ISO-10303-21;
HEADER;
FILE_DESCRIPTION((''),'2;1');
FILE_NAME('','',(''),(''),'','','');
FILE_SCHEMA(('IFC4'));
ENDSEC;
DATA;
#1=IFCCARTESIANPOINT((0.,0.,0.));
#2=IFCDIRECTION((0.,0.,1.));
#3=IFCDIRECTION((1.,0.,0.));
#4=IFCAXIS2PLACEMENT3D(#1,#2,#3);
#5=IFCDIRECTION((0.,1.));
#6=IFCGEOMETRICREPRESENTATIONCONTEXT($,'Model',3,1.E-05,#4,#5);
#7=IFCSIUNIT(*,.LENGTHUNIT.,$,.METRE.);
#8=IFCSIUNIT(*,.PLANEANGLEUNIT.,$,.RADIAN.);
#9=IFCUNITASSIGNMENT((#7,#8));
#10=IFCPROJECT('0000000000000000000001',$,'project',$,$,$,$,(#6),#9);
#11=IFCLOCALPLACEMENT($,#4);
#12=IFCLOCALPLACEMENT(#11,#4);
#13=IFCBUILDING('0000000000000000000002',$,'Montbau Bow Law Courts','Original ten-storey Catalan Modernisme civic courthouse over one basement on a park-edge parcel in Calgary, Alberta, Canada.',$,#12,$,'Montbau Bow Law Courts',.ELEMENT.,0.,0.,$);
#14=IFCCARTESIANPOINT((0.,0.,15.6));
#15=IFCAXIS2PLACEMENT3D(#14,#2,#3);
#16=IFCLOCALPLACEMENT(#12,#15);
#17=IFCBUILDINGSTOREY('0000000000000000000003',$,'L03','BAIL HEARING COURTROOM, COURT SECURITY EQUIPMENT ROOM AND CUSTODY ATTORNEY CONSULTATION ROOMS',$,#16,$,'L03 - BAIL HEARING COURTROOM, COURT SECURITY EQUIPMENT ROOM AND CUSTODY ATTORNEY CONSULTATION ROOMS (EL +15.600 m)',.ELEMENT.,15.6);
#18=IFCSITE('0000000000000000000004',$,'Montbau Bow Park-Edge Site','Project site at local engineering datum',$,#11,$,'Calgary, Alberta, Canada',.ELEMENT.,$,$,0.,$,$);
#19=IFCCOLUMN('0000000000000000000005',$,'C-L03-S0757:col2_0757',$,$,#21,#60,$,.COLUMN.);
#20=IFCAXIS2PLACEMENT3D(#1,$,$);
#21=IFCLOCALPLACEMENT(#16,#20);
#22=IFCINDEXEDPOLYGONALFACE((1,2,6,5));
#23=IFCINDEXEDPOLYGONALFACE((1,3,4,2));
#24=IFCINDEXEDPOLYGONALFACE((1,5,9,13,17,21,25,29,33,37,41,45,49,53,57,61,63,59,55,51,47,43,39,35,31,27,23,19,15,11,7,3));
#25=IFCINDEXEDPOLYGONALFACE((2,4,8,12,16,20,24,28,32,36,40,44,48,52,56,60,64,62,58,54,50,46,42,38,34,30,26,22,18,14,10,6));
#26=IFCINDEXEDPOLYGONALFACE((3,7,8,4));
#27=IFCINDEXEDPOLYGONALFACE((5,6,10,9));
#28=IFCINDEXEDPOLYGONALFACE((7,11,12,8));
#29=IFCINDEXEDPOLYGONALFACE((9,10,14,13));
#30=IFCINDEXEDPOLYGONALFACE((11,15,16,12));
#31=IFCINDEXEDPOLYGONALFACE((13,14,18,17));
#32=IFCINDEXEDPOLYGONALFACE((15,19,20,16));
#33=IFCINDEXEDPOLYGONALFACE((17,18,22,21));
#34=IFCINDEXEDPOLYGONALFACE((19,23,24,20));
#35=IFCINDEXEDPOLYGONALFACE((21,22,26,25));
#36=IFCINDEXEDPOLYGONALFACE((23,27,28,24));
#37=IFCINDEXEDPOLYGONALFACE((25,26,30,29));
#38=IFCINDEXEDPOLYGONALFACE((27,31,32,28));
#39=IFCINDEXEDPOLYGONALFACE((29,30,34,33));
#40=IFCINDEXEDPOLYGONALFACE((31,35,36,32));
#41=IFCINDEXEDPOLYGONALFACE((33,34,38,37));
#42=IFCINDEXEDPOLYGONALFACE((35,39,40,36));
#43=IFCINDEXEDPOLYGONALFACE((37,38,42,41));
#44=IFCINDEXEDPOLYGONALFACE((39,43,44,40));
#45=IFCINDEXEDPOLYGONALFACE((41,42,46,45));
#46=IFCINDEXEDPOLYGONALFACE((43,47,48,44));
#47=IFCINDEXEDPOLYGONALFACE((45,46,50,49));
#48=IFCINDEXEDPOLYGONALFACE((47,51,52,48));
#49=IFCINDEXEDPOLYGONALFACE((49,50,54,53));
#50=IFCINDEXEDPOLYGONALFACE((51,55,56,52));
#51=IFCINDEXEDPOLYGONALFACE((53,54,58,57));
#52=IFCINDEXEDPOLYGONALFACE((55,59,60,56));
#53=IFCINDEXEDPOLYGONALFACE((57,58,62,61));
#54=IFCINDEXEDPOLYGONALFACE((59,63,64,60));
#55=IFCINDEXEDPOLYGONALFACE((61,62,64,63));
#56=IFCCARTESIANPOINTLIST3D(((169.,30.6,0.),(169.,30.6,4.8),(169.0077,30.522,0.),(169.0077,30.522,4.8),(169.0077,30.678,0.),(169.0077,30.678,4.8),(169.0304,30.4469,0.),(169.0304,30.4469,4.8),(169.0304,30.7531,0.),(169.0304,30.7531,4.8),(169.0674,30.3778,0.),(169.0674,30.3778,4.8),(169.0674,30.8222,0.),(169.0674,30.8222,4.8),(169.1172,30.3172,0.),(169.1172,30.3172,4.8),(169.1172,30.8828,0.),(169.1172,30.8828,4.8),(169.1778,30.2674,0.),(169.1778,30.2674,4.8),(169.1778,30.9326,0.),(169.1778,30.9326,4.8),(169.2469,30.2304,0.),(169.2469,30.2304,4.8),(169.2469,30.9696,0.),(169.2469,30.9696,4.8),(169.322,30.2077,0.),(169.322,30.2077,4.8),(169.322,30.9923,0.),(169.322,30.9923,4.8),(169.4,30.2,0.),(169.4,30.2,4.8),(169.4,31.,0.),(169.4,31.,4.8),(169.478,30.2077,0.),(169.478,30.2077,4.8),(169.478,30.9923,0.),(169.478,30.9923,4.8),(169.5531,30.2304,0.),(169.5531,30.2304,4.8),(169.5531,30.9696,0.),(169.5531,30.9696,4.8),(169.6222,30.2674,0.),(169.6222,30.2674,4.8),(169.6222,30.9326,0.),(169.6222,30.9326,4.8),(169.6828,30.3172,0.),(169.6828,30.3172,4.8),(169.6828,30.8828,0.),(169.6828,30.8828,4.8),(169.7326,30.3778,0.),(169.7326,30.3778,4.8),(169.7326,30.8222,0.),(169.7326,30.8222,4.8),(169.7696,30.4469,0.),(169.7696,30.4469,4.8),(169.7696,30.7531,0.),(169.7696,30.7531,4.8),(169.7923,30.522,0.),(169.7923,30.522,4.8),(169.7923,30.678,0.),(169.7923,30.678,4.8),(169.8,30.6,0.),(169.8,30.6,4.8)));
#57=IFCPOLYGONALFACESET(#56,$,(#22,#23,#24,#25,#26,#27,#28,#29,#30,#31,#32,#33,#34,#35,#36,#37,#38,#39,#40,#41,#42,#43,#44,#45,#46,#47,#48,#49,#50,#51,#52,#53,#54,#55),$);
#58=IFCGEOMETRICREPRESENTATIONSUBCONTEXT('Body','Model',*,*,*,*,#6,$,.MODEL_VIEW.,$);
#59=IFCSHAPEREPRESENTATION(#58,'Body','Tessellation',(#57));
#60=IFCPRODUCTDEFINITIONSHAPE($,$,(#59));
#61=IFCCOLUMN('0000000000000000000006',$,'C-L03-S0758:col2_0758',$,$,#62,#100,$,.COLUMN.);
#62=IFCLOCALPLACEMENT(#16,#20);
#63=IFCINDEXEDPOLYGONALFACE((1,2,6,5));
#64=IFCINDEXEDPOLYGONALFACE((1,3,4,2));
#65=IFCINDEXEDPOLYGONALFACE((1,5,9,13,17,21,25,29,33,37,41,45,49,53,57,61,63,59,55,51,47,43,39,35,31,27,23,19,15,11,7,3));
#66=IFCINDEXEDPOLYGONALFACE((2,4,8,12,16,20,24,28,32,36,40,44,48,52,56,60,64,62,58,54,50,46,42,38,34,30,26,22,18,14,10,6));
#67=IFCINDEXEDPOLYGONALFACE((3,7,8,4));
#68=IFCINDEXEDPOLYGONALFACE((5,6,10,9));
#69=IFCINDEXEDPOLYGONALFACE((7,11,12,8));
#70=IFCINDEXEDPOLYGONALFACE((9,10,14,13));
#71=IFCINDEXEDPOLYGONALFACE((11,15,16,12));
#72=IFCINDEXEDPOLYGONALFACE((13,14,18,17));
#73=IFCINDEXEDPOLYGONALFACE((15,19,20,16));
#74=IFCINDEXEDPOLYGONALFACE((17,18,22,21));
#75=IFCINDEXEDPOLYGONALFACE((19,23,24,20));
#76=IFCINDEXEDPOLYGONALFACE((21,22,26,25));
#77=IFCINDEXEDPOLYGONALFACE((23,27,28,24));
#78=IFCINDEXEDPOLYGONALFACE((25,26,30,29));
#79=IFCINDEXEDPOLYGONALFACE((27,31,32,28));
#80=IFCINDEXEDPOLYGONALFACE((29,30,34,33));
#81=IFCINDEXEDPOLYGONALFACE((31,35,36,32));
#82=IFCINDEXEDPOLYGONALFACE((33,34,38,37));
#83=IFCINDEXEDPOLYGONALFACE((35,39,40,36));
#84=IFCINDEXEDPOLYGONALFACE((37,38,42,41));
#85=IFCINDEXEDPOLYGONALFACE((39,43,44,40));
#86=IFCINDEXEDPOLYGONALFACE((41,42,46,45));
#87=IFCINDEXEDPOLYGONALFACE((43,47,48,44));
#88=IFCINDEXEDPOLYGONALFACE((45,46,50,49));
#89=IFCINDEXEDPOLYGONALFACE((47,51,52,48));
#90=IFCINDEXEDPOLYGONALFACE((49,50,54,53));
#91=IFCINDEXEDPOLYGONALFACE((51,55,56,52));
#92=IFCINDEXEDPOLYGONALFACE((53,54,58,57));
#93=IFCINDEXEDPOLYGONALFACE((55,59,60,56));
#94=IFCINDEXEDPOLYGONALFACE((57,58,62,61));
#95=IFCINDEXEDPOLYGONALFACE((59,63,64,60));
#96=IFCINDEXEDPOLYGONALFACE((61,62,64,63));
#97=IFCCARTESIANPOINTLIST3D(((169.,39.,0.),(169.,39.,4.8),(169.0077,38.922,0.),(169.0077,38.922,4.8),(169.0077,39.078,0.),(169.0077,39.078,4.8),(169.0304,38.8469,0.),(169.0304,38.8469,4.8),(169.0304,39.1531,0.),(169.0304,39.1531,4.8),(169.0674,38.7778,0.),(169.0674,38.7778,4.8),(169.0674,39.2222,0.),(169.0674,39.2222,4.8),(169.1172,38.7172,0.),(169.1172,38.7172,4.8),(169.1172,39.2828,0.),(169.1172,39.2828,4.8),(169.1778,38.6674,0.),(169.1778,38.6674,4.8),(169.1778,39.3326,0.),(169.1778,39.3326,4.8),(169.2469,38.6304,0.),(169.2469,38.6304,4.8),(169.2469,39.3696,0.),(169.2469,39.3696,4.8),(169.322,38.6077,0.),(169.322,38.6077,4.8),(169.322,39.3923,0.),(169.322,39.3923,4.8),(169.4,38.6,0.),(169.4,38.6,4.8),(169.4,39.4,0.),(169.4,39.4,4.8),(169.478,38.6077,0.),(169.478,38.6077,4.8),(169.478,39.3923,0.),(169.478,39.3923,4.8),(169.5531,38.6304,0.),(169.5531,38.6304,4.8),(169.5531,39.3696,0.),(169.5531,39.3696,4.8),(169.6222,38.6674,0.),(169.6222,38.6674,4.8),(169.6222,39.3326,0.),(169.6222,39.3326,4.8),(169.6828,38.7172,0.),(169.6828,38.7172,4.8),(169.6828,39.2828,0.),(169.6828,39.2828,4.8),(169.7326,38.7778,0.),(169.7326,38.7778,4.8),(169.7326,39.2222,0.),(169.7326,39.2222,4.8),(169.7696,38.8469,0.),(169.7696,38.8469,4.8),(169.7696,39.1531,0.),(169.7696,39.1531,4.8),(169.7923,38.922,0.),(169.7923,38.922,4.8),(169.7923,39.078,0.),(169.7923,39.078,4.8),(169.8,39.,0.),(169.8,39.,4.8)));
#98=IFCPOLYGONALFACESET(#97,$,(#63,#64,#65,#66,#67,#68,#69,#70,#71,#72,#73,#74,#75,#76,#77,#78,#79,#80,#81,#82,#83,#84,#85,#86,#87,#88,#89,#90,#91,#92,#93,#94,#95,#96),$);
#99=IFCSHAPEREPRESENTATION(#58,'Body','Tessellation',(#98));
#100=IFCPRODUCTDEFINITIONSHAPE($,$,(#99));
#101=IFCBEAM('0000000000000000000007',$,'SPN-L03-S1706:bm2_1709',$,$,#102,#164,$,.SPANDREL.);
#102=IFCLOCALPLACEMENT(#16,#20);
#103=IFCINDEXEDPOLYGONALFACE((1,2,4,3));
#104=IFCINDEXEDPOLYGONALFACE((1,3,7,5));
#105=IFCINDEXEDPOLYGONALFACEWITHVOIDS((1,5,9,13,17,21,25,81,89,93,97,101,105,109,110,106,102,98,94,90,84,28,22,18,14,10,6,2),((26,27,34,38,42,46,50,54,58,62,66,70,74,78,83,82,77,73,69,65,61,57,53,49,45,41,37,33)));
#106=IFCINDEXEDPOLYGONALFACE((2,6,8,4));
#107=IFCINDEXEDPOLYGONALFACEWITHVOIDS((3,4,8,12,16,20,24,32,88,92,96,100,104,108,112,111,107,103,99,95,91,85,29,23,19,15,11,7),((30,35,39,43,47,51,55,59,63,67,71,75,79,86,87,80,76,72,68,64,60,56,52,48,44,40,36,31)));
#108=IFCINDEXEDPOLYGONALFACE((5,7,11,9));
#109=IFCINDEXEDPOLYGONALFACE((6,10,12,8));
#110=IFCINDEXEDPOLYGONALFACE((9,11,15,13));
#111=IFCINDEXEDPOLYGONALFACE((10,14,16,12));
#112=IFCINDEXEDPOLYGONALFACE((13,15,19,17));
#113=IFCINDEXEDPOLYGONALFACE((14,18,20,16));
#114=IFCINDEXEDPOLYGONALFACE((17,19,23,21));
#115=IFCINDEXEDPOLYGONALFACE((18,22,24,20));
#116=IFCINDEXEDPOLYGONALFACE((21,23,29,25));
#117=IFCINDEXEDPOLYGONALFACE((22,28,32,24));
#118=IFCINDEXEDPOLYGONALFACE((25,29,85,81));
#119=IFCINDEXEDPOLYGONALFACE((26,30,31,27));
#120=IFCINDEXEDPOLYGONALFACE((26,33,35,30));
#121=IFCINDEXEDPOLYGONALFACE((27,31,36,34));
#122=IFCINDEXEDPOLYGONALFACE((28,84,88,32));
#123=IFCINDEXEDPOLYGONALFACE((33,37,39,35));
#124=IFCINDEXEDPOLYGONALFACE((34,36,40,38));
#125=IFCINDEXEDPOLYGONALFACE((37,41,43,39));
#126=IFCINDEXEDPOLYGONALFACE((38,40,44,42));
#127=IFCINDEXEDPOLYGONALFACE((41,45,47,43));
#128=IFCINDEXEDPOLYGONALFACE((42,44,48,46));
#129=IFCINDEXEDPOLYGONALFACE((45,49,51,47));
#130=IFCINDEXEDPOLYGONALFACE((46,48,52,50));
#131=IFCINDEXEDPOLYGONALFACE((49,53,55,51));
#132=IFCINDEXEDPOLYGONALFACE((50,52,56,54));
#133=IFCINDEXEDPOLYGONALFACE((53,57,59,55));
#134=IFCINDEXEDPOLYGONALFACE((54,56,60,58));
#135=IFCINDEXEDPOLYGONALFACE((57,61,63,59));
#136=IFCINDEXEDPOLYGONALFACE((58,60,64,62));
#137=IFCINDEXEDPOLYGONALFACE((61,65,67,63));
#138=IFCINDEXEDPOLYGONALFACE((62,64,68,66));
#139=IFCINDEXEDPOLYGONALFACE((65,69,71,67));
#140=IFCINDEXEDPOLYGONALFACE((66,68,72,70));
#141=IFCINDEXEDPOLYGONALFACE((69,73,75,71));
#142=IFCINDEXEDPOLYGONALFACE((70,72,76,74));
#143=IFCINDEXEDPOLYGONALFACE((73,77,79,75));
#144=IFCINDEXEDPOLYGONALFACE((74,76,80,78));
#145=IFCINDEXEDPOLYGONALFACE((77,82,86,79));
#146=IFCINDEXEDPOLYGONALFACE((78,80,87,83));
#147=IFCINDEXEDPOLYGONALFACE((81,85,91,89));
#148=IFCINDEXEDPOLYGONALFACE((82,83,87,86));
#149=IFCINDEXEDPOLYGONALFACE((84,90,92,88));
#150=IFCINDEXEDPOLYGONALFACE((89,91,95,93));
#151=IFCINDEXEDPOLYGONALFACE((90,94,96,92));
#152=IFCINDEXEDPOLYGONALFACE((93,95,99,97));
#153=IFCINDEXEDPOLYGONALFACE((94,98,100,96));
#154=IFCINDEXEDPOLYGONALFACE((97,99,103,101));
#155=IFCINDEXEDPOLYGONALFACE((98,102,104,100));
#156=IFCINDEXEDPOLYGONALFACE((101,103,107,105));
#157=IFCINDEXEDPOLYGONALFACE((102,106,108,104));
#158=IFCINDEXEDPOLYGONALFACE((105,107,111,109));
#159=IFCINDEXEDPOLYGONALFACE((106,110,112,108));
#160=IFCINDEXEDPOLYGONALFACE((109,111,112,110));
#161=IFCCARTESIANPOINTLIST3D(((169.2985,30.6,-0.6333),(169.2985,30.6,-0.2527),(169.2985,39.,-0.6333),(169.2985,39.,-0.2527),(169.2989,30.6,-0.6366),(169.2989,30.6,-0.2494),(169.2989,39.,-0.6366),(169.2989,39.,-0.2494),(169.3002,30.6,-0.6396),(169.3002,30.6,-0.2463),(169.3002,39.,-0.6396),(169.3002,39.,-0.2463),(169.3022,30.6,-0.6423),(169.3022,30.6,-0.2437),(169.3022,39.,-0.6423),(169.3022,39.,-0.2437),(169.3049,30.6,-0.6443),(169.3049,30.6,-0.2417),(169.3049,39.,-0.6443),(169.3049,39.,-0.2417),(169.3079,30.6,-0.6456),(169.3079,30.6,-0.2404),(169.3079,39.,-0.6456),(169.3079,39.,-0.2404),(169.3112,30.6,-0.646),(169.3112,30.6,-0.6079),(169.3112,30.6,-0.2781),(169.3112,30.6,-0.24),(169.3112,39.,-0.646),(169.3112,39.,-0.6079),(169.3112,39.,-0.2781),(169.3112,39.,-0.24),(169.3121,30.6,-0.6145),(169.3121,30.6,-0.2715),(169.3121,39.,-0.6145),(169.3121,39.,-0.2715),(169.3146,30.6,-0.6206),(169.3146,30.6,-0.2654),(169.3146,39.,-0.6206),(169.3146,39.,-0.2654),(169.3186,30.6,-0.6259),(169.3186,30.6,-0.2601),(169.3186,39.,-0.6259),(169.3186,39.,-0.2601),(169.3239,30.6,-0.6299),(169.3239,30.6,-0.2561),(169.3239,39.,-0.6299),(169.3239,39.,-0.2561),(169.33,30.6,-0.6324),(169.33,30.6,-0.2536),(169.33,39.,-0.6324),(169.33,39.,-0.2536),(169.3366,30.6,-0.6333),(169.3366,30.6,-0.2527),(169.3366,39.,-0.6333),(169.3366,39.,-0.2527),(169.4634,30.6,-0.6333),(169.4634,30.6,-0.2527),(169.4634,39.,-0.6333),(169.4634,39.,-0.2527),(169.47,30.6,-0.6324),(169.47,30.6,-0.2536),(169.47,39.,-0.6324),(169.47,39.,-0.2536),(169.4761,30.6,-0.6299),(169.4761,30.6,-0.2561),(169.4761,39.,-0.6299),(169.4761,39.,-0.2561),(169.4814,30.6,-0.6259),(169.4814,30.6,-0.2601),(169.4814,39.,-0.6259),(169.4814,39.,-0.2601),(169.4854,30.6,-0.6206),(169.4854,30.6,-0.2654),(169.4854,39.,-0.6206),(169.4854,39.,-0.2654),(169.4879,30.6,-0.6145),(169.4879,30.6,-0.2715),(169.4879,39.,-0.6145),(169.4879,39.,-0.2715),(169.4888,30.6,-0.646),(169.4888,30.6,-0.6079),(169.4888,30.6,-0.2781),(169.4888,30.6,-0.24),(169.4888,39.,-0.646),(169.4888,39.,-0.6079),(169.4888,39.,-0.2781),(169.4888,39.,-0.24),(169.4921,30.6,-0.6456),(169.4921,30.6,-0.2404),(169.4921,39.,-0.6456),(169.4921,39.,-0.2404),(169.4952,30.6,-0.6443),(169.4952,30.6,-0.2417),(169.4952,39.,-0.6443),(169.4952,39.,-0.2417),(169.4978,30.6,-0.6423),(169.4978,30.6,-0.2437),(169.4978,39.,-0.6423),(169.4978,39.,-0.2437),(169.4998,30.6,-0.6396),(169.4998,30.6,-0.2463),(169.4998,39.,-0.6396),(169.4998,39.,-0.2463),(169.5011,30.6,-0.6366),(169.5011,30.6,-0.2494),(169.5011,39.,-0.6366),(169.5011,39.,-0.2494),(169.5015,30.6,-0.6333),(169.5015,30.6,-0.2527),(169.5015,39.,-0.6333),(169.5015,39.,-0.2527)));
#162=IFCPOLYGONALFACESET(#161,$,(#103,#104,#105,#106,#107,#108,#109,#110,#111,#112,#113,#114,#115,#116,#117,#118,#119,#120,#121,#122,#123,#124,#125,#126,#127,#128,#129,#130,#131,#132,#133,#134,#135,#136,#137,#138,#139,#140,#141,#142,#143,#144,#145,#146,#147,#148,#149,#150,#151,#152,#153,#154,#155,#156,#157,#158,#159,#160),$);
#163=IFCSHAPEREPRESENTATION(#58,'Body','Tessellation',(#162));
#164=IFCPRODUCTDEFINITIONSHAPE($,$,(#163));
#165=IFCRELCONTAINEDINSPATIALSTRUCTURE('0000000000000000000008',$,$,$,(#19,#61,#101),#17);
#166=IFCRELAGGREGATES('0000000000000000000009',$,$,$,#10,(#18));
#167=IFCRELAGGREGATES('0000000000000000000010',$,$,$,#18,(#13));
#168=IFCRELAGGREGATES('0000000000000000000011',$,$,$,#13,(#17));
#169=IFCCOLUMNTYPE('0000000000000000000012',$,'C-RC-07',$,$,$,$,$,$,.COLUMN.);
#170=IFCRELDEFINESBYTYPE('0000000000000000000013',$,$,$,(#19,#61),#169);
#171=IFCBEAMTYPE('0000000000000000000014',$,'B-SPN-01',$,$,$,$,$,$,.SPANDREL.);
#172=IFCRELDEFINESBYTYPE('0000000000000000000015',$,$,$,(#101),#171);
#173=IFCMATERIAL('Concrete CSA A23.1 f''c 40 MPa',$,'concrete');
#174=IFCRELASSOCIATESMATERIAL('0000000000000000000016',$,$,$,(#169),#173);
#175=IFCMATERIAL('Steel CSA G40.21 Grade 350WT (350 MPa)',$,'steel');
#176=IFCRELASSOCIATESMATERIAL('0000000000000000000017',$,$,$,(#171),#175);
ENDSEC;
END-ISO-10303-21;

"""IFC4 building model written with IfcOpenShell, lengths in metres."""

from ifc_helpers import new_model, si_unit, direction, frame, origin_with_axes, origin_2d_with_axis, place, context, subcontext, project, spatial, hollow_rectangle, circle, extrude, material, material_profile, profile_set, type_object, element, save


model = new_model("IFC4")

# Units and contexts
model_context = context("Model", 3, precision=1e-05, world=origin_with_axes(), true_north=direction((0.0, 1.0)))
body_context = subcontext(model_context, "Body", "Model", "MODEL_VIEW")
ifc_project = project(units=[si_unit("LENGTHUNIT", "METRE"), si_unit("PLANEANGLEUNIT", "RADIAN")], contexts=[model_context])

# Site, building, storey
site_placement = place(None, origin_with_axes())
site = spatial("IfcSite", under=ifc_project, at=site_placement, Name="Montbau Bow Park-Edge Site", Description="Project site at local engineering datum", LongName="Calgary, Alberta, Canada", CompositionType="ELEMENT", RefElevation=0.0)
building_placement = place(site_placement, origin_with_axes())
building = spatial("IfcBuilding", under=site, at=building_placement, Name="Montbau Bow Law Courts", Description="Original ten-storey Catalan Modernisme civic courthouse over one basement on a park-edge parcel in Calgary, Alberta, Canada.", LongName="Montbau Bow Law Courts", CompositionType="ELEMENT", ElevationOfRefHeight=0.0, ElevationOfTerrain=0.0)
storey_placement = place(building_placement, frame((0.0, 0.0, 15.6), z_axis=(0.0, 0.0, 1.0), x_axis=(1.0, 0.0, 0.0)))
storey = spatial("IfcBuildingStorey", under=building, at=storey_placement, Name="L03", Description="BAIL HEARING COURTROOM, COURT SECURITY EQUIPMENT ROOM AND CUSTODY ATTORNEY CONSULTATION ROOMS", LongName="L03 - BAIL HEARING COURTROOM, COURT SECURITY EQUIPMENT ROOM AND CUSTODY ATTORNEY CONSULTATION ROOMS (EL +15.600 m)", CompositionType="ELEMENT", Elevation=15.6)

# Columns
ifc_material_1 = material(Name="Concrete CSA A23.1 f'c 40 MPa", Category="concrete")
ifc_material_profile_1 = material_profile(ifc_material_1, circle(Radius=0.4, at=origin_2d_with_axis()), Name="RC800D", Category="Main", Priority=0)
ifc_profile_set_1 = profile_set([ifc_material_profile_1], Name="Concrete CSA A23.1 f'c 40 MPa")
column_type = type_object("IfcColumnType", Name="C-RC-07", PredefinedType="COLUMN", material=ifc_profile_set_1)
for number, where, z_axis, x_axis, name in (
    (1, (169.4, 30.6, 15.6), (0.0, 0.0, 1.0), (1.0, 0.0, 0.0), "C-L03-S0757:col2_0757"),
    (2, (169.4, 39.0, 15.6), (0.0, 0.0, 1.0), (1.0, 0.0, 0.0), "C-L03-S0758:col2_0758"),
):
    element("IfcColumn", number, at=place(None, frame(where, z_axis=z_axis, x_axis=x_axis)), inside=storey, type_object=column_type, Name=name, PredefinedType="COLUMN", context=body_context, shape_type="SweptSolid", body=[
        extrude(circle(Radius=0.4, at=origin_2d_with_axis()), origin_with_axes(), (0.0, 0.0, 1.0), 4.8),
    ])

# Beam
ifc_material_2 = material(Name="Steel CSA G40.21 Grade 350WT (350 MPa)", Category="steel")
ifc_material_profile_2 = material_profile(ifc_material_2, hollow_rectangle(XDim=0.203, YDim=0.406, WallThickness=0.0127, InnerFilletRadius=0.0254, OuterFilletRadius=0.0127, at=origin_2d_with_axis()), Name="HSS406X203X13", Category="Main", Priority=0)
ifc_profile_set_2 = profile_set([ifc_material_profile_2], Name="Steel CSA G40.21 Grade 350WT (350 MPa)")
beam_type = type_object("IfcBeamType", Name="B-SPN-01", PredefinedType="SPANDREL", material=ifc_profile_set_2)
beam_1_placement = place(None, frame((169.4, 30.6, 15.157), z_axis=(0.0, 1.0, 0.0), x_axis=(-1.0, 0.0, 0.0)))
element("IfcBeam", 3, at=beam_1_placement, inside=storey, type_object=beam_type, Name="SPN-L03-S1706:bm2_1709", PredefinedType="SPANDREL", context=body_context, shape_type="SweptSolid", body=[
    extrude(hollow_rectangle(XDim=0.203, YDim=0.406, WallThickness=0.0127, InnerFilletRadius=0.0254, OuterFilletRadius=0.0127, at=origin_2d_with_axis()), origin_with_axes(), (0.0, 0.0, 1.0), 8.4),
])

save(model, "model.ifc")
